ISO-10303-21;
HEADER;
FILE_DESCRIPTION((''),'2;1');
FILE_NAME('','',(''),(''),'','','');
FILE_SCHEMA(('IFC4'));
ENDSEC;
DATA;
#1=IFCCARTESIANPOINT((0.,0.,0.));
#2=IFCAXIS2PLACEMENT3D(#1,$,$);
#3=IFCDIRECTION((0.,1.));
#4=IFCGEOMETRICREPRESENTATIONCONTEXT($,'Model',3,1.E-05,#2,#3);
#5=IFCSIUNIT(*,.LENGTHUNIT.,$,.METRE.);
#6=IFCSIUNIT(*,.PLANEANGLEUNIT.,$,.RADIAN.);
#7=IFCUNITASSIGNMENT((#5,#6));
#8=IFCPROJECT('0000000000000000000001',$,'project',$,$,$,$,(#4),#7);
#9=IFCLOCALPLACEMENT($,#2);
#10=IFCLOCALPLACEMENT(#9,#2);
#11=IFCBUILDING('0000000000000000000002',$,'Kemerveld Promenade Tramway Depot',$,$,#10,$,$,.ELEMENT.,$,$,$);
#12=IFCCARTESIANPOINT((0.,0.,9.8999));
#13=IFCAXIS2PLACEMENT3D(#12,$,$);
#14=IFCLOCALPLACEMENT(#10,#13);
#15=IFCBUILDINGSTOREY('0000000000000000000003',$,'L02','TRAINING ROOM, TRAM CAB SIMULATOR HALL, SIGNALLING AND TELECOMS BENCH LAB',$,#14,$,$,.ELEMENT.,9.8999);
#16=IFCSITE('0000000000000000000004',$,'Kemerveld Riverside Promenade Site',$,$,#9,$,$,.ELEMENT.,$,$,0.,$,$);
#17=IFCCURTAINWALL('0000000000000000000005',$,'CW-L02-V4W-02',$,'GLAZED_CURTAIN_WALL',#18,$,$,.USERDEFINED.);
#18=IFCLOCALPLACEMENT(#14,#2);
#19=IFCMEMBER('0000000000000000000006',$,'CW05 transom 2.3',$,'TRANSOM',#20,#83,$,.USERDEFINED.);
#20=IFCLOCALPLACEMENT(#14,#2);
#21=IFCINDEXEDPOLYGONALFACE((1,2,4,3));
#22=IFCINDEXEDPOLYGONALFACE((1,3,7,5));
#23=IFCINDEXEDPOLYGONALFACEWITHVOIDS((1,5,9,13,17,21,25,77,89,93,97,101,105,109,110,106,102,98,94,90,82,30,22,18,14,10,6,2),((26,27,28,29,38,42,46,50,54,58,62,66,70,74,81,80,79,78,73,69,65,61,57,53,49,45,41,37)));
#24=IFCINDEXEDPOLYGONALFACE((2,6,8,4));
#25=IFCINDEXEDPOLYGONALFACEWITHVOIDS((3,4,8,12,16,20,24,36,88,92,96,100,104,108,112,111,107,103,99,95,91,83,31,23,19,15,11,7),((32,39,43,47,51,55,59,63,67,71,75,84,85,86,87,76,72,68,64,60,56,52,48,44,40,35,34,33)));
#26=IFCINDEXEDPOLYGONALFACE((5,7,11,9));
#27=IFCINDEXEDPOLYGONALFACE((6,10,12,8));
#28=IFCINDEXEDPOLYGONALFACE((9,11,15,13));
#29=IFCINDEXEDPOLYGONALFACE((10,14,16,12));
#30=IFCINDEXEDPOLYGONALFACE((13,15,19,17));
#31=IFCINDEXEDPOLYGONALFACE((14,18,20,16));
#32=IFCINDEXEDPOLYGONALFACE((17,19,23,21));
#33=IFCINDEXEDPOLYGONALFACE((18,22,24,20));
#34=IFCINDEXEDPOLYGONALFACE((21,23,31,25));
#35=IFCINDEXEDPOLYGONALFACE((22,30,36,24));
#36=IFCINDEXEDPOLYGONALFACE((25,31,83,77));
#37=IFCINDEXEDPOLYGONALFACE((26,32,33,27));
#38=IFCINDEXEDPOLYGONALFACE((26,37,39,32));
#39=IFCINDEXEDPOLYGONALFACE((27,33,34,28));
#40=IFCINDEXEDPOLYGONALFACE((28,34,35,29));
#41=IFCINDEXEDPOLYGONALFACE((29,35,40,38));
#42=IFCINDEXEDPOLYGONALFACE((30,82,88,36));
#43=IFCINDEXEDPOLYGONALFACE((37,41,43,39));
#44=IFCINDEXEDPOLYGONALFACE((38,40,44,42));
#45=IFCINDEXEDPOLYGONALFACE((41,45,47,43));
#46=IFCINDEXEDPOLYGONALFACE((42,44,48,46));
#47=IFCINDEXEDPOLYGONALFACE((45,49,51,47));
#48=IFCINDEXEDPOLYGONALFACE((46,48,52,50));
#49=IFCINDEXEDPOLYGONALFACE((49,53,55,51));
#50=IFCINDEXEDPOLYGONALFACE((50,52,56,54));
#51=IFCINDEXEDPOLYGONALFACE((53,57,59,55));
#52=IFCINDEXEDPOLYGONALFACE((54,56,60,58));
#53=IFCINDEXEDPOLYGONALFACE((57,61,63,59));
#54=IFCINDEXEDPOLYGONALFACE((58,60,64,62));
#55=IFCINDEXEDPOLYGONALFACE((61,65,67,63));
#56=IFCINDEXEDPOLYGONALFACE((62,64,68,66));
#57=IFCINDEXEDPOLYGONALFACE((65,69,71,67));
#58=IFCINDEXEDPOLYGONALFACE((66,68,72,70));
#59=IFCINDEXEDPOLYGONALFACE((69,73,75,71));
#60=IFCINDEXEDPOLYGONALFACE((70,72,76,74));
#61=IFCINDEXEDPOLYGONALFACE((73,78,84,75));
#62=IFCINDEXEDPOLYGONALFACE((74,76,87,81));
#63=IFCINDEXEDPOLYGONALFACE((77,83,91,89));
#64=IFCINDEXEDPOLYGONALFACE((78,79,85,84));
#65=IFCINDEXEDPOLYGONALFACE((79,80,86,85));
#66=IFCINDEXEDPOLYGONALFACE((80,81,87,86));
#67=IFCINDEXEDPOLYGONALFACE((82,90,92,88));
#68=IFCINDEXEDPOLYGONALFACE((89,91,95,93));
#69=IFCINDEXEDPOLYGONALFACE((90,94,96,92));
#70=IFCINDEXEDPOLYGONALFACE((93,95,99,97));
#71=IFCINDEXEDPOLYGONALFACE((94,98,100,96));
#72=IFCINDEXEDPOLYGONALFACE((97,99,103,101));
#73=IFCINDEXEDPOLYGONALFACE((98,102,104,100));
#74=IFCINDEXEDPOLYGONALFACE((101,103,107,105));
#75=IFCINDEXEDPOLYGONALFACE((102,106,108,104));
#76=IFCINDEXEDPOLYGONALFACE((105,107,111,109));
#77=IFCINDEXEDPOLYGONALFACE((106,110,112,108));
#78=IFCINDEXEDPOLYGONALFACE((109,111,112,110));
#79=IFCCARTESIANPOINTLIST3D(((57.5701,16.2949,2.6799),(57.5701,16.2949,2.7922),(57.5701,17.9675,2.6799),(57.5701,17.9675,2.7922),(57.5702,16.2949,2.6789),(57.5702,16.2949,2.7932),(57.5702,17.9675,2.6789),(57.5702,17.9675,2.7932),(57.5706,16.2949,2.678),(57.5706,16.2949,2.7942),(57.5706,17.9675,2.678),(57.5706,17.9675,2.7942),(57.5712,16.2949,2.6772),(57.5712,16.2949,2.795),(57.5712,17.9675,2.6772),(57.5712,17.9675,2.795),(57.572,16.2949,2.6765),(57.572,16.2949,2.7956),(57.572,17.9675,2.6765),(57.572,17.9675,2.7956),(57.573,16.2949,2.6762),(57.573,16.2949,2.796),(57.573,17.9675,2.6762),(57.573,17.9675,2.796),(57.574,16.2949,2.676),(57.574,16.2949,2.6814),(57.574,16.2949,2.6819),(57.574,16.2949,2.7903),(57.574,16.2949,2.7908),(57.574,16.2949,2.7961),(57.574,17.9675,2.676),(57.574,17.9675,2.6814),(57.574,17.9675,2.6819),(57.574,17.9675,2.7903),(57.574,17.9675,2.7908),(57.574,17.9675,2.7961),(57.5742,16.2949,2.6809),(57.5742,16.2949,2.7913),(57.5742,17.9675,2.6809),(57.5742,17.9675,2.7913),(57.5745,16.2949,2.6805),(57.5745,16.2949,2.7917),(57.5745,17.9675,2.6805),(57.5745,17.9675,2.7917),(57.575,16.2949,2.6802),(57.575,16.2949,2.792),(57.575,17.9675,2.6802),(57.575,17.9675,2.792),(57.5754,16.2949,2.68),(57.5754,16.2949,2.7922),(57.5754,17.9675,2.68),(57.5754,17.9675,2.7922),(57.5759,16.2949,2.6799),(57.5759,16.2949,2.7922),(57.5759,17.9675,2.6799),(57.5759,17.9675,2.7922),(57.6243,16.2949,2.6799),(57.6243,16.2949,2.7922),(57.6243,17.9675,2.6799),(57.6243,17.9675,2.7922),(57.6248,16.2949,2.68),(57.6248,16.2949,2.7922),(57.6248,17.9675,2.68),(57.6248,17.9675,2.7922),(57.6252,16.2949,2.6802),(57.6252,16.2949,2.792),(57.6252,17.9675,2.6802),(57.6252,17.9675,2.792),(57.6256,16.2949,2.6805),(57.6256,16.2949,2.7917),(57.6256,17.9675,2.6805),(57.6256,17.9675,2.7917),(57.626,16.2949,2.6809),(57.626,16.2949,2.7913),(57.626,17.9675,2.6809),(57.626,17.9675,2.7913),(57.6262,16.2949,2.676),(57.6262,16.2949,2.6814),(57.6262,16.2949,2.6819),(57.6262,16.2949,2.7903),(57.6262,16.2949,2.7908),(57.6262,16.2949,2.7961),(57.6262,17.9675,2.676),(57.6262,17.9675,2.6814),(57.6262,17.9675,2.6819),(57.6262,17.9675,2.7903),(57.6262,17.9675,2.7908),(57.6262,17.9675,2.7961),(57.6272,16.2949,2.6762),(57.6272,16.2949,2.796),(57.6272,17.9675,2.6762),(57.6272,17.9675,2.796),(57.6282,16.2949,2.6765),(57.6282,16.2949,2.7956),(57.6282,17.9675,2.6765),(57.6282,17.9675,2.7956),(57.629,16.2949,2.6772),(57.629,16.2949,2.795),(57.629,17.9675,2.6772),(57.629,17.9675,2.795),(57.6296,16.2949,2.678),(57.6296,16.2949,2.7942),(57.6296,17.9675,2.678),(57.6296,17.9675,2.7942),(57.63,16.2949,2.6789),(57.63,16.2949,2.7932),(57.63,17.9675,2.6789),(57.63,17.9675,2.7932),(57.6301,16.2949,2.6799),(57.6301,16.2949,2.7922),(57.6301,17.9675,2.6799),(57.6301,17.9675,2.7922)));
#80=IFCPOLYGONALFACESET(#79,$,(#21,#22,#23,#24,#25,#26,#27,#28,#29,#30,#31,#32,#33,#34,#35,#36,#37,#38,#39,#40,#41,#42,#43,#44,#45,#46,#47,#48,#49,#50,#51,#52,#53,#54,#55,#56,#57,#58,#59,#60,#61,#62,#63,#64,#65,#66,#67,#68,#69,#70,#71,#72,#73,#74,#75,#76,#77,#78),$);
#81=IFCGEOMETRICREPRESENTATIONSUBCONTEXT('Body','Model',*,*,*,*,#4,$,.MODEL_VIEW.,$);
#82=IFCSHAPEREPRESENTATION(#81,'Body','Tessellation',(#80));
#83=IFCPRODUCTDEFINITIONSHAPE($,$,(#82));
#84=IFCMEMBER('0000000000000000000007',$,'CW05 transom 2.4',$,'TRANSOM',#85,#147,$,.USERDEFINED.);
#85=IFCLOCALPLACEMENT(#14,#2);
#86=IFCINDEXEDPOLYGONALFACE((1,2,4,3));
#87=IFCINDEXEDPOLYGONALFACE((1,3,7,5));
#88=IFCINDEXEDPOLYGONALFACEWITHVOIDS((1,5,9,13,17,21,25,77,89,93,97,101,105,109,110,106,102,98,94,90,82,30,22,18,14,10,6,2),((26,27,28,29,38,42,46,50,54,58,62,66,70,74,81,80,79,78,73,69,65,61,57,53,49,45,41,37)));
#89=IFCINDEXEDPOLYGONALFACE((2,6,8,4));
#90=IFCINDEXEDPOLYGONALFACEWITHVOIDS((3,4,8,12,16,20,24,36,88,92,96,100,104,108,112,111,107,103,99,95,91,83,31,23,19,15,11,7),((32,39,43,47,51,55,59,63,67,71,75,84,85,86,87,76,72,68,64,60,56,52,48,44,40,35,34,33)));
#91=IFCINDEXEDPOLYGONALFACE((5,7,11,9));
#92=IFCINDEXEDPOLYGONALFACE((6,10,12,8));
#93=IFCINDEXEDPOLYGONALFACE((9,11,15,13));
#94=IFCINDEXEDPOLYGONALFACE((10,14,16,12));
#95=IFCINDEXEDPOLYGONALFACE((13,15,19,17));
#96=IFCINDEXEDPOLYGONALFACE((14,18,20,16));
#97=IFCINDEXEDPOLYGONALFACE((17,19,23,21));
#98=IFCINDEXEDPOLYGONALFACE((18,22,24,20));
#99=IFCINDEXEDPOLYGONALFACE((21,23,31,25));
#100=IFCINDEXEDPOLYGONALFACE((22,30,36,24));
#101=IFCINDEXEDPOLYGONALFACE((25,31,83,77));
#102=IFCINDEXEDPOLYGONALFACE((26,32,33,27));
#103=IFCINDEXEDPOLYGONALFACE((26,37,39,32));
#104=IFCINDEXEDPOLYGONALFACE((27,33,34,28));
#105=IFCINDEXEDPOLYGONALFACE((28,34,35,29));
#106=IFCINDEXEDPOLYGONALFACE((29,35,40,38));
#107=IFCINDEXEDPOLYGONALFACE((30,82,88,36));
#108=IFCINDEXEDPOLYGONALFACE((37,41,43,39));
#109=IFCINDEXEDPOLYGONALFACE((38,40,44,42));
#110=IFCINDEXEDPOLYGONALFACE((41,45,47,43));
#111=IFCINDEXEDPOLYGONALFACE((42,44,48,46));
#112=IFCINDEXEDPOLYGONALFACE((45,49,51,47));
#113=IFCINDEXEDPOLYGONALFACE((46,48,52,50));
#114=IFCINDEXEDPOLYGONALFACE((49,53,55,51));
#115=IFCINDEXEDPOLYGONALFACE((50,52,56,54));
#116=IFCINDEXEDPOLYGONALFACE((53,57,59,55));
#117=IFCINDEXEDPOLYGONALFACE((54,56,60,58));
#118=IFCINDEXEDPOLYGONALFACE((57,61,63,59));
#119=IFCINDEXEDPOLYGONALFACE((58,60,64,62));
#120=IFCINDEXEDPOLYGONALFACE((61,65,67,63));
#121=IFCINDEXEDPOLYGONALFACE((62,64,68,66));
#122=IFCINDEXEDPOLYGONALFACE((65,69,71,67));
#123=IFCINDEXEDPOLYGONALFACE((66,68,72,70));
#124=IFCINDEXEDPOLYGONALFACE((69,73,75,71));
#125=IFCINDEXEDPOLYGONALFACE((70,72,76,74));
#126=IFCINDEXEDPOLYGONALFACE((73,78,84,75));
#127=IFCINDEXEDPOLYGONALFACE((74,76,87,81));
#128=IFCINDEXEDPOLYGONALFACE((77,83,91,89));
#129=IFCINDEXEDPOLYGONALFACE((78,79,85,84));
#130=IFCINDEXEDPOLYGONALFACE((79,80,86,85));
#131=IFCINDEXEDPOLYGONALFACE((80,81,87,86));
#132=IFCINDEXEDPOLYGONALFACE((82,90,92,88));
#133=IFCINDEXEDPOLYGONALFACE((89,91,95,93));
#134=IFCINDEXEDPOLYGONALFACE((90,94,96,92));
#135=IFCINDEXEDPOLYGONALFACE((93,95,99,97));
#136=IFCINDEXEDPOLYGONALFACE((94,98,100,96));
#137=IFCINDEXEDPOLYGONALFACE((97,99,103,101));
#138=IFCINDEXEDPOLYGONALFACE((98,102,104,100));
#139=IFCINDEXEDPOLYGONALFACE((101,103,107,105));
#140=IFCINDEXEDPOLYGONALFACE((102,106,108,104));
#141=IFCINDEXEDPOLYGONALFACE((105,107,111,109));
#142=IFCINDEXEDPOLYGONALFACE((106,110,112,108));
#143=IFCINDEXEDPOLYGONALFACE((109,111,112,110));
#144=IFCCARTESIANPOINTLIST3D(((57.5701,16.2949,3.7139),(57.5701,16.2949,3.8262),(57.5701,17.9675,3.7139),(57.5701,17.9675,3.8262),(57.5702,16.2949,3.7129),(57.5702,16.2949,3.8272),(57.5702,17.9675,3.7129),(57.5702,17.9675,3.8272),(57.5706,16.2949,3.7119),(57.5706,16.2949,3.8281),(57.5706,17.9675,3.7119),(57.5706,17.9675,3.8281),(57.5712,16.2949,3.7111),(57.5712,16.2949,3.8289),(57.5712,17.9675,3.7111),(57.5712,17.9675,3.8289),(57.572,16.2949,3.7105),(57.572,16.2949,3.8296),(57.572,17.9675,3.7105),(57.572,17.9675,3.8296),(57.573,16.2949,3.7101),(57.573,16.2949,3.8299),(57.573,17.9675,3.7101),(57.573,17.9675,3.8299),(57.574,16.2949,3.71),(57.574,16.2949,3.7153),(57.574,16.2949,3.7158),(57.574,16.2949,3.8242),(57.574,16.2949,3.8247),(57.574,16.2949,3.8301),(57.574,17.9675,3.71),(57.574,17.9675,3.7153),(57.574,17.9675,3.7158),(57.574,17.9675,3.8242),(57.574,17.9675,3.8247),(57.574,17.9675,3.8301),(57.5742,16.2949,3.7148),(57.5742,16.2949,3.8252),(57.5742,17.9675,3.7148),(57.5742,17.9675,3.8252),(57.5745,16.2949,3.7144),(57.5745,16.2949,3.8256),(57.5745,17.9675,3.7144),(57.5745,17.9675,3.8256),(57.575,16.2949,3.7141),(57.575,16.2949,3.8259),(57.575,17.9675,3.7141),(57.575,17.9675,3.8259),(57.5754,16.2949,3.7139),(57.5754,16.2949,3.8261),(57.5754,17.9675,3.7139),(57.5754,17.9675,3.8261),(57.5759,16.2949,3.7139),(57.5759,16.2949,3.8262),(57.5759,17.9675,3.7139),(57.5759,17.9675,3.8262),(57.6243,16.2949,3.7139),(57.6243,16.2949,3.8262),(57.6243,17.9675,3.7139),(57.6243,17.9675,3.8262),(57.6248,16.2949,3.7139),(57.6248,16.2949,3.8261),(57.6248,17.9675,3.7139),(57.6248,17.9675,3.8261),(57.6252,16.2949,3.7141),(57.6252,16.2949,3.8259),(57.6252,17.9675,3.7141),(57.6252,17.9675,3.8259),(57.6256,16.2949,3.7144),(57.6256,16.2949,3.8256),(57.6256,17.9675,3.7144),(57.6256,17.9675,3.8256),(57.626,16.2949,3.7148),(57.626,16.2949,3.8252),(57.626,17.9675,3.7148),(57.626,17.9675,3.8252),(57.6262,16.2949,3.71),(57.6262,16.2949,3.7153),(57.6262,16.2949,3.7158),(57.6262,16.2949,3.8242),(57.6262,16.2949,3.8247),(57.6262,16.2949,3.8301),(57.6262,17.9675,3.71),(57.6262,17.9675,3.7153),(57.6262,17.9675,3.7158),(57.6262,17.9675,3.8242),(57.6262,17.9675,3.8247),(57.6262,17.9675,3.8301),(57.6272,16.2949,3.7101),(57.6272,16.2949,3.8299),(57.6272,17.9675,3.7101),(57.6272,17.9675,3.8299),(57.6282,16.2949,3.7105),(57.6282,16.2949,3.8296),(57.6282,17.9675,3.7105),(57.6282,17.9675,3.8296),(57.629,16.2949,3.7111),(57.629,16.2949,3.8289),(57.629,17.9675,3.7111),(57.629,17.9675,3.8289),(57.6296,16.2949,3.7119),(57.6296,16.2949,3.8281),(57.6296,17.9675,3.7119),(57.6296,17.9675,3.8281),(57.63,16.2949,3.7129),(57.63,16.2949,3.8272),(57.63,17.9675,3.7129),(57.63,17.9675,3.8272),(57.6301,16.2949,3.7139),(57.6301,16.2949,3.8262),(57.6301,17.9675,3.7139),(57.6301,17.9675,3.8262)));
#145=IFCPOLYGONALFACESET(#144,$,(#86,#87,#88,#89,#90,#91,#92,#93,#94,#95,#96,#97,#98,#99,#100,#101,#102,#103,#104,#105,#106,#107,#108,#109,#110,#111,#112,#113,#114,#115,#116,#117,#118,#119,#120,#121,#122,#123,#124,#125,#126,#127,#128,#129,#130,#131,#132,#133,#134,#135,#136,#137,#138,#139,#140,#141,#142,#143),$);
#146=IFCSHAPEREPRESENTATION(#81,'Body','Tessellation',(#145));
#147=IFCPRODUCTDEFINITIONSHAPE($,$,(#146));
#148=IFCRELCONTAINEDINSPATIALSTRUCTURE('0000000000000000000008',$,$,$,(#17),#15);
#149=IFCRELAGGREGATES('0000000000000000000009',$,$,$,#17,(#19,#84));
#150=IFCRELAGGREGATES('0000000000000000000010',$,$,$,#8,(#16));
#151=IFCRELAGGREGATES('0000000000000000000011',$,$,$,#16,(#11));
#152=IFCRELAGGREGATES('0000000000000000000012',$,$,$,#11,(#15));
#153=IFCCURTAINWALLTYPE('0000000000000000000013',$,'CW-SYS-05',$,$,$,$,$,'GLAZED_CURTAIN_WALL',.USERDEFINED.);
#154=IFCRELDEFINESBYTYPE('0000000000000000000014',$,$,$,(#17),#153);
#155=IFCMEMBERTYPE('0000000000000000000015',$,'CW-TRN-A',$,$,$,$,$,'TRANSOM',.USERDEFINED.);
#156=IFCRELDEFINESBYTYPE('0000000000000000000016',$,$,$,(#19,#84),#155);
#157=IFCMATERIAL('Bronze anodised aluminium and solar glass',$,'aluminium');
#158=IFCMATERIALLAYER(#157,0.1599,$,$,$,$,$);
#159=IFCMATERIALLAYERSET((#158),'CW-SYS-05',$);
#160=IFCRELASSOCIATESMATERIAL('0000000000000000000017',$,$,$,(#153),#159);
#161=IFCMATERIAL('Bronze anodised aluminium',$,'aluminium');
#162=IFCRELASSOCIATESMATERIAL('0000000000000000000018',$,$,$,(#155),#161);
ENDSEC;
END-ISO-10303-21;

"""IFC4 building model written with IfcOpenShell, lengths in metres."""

from ifc_helpers import new_model, si_unit, direction, frame, origin, origin_2d, place, context, subcontext, project, spatial, hollow_rectangle, extrude, material, layer, layer_set, material_profile, profile_set, type_object, element, aggregate, save


model = new_model("IFC4")

# Units and contexts
model_context = context("Model", 3, precision=1e-05, world=origin(), true_north=direction((0.0, 1.0)))
body_context = subcontext(model_context, "Body", "Model", "MODEL_VIEW")
ifc_project = project(units=[si_unit("LENGTHUNIT", "METRE"), si_unit("PLANEANGLEUNIT", "RADIAN")], contexts=[model_context])

# Site, building, storey
site_placement = place(None, origin())
site = spatial("IfcSite", under=ifc_project, at=site_placement, Name="Kemerveld Riverside Promenade Site", CompositionType="ELEMENT", RefElevation=0.0)
building_placement = place(site_placement, origin())
building = spatial("IfcBuilding", under=site, at=building_placement, Name="Kemerveld Promenade Tramway Depot", CompositionType="ELEMENT")
storey_placement = place(building_placement, frame((0.0, 0.0, 9.8999)))
storey = spatial("IfcBuildingStorey", under=building, at=storey_placement, Name="L02", Description="TRAINING ROOM, TRAM CAB SIMULATOR HALL, SIGNALLING AND TELECOMS BENCH LAB", CompositionType="ELEMENT", Elevation=9.8999)

# Curtain wall, members
ifc_material_1 = material(Name="Bronze anodised aluminium and solar glass", Category="aluminium")
ifc_layer_1 = layer(ifc_material_1, 0.1599)
ifc_layer_set_1 = layer_set([ifc_layer_1], Name="CW-SYS-05")
curtain_wall_type = type_object("IfcCurtainWallType", Name="CW-SYS-05", ElementType="GLAZED_CURTAIN_WALL", PredefinedType="USERDEFINED", material=ifc_layer_set_1)
curtain_wall_placement = place(storey_placement, origin())
curtain_wall = element("IfcCurtainWall", 1, at=curtain_wall_placement, inside=storey, type_object=curtain_wall_type, Name="CW-L02-V4W-02", ObjectType="GLAZED_CURTAIN_WALL", PredefinedType="USERDEFINED")
ifc_material_2 = material(Name="Bronze anodised aluminium", Category="aluminium")
ifc_material_profile_1 = material_profile(ifc_material_2, hollow_rectangle(XDim=0.0601, YDim=0.1201, WallThickness=0.0039, InnerFilletRadius=0.002, OuterFilletRadius=0.0039, at=origin_2d()), Name="CW-TRN-120x60")
ifc_profile_set_1 = profile_set([ifc_material_profile_1], Name="Bronze anodised aluminium")
member_type_1 = type_object("IfcMemberType", Name="CW-TRN-A", ElementType="TRANSOM", PredefinedType="USERDEFINED", material=ifc_profile_set_1)
member_1_placement = place(storey_placement, frame((57.6001, 16.2949, 2.7361), z_axis=(0.0, 1.0, 0.0), x_axis=(-1.0, 0.0, 0.0)))
member_1 = element("IfcMember", 2, at=member_1_placement, type_object=member_type_1, Name="CW05 transom 2.3", ObjectType="TRANSOM", PredefinedType="USERDEFINED", context=body_context, shape_type="SweptSolid", body=[
    extrude(hollow_rectangle(XDim=0.0601, YDim=0.1201, WallThickness=0.0039, InnerFilletRadius=0.002, OuterFilletRadius=0.0039, at=origin_2d()), origin(), (0.0, 0.0, 1.0), 1.6726),
])
member_2_placement = place(storey_placement, frame((57.6001, 16.2949, 3.77), z_axis=(0.0, 1.0, 0.0), x_axis=(-1.0, 0.0, 0.0)))
member_2 = element("IfcMember", 3, at=member_2_placement, type_object=member_type_1, Name="CW05 transom 2.4", ObjectType="TRANSOM", PredefinedType="USERDEFINED", context=body_context, shape_type="SweptSolid", body=[
    extrude(hollow_rectangle(XDim=0.0601, YDim=0.1201, WallThickness=0.0039, InnerFilletRadius=0.002, OuterFilletRadius=0.0039, at=origin_2d()), origin(), (0.0, 0.0, 1.0), 1.6726),
])

aggregate(curtain_wall, [member_1, member_2])

save(model, "model.ifc")
